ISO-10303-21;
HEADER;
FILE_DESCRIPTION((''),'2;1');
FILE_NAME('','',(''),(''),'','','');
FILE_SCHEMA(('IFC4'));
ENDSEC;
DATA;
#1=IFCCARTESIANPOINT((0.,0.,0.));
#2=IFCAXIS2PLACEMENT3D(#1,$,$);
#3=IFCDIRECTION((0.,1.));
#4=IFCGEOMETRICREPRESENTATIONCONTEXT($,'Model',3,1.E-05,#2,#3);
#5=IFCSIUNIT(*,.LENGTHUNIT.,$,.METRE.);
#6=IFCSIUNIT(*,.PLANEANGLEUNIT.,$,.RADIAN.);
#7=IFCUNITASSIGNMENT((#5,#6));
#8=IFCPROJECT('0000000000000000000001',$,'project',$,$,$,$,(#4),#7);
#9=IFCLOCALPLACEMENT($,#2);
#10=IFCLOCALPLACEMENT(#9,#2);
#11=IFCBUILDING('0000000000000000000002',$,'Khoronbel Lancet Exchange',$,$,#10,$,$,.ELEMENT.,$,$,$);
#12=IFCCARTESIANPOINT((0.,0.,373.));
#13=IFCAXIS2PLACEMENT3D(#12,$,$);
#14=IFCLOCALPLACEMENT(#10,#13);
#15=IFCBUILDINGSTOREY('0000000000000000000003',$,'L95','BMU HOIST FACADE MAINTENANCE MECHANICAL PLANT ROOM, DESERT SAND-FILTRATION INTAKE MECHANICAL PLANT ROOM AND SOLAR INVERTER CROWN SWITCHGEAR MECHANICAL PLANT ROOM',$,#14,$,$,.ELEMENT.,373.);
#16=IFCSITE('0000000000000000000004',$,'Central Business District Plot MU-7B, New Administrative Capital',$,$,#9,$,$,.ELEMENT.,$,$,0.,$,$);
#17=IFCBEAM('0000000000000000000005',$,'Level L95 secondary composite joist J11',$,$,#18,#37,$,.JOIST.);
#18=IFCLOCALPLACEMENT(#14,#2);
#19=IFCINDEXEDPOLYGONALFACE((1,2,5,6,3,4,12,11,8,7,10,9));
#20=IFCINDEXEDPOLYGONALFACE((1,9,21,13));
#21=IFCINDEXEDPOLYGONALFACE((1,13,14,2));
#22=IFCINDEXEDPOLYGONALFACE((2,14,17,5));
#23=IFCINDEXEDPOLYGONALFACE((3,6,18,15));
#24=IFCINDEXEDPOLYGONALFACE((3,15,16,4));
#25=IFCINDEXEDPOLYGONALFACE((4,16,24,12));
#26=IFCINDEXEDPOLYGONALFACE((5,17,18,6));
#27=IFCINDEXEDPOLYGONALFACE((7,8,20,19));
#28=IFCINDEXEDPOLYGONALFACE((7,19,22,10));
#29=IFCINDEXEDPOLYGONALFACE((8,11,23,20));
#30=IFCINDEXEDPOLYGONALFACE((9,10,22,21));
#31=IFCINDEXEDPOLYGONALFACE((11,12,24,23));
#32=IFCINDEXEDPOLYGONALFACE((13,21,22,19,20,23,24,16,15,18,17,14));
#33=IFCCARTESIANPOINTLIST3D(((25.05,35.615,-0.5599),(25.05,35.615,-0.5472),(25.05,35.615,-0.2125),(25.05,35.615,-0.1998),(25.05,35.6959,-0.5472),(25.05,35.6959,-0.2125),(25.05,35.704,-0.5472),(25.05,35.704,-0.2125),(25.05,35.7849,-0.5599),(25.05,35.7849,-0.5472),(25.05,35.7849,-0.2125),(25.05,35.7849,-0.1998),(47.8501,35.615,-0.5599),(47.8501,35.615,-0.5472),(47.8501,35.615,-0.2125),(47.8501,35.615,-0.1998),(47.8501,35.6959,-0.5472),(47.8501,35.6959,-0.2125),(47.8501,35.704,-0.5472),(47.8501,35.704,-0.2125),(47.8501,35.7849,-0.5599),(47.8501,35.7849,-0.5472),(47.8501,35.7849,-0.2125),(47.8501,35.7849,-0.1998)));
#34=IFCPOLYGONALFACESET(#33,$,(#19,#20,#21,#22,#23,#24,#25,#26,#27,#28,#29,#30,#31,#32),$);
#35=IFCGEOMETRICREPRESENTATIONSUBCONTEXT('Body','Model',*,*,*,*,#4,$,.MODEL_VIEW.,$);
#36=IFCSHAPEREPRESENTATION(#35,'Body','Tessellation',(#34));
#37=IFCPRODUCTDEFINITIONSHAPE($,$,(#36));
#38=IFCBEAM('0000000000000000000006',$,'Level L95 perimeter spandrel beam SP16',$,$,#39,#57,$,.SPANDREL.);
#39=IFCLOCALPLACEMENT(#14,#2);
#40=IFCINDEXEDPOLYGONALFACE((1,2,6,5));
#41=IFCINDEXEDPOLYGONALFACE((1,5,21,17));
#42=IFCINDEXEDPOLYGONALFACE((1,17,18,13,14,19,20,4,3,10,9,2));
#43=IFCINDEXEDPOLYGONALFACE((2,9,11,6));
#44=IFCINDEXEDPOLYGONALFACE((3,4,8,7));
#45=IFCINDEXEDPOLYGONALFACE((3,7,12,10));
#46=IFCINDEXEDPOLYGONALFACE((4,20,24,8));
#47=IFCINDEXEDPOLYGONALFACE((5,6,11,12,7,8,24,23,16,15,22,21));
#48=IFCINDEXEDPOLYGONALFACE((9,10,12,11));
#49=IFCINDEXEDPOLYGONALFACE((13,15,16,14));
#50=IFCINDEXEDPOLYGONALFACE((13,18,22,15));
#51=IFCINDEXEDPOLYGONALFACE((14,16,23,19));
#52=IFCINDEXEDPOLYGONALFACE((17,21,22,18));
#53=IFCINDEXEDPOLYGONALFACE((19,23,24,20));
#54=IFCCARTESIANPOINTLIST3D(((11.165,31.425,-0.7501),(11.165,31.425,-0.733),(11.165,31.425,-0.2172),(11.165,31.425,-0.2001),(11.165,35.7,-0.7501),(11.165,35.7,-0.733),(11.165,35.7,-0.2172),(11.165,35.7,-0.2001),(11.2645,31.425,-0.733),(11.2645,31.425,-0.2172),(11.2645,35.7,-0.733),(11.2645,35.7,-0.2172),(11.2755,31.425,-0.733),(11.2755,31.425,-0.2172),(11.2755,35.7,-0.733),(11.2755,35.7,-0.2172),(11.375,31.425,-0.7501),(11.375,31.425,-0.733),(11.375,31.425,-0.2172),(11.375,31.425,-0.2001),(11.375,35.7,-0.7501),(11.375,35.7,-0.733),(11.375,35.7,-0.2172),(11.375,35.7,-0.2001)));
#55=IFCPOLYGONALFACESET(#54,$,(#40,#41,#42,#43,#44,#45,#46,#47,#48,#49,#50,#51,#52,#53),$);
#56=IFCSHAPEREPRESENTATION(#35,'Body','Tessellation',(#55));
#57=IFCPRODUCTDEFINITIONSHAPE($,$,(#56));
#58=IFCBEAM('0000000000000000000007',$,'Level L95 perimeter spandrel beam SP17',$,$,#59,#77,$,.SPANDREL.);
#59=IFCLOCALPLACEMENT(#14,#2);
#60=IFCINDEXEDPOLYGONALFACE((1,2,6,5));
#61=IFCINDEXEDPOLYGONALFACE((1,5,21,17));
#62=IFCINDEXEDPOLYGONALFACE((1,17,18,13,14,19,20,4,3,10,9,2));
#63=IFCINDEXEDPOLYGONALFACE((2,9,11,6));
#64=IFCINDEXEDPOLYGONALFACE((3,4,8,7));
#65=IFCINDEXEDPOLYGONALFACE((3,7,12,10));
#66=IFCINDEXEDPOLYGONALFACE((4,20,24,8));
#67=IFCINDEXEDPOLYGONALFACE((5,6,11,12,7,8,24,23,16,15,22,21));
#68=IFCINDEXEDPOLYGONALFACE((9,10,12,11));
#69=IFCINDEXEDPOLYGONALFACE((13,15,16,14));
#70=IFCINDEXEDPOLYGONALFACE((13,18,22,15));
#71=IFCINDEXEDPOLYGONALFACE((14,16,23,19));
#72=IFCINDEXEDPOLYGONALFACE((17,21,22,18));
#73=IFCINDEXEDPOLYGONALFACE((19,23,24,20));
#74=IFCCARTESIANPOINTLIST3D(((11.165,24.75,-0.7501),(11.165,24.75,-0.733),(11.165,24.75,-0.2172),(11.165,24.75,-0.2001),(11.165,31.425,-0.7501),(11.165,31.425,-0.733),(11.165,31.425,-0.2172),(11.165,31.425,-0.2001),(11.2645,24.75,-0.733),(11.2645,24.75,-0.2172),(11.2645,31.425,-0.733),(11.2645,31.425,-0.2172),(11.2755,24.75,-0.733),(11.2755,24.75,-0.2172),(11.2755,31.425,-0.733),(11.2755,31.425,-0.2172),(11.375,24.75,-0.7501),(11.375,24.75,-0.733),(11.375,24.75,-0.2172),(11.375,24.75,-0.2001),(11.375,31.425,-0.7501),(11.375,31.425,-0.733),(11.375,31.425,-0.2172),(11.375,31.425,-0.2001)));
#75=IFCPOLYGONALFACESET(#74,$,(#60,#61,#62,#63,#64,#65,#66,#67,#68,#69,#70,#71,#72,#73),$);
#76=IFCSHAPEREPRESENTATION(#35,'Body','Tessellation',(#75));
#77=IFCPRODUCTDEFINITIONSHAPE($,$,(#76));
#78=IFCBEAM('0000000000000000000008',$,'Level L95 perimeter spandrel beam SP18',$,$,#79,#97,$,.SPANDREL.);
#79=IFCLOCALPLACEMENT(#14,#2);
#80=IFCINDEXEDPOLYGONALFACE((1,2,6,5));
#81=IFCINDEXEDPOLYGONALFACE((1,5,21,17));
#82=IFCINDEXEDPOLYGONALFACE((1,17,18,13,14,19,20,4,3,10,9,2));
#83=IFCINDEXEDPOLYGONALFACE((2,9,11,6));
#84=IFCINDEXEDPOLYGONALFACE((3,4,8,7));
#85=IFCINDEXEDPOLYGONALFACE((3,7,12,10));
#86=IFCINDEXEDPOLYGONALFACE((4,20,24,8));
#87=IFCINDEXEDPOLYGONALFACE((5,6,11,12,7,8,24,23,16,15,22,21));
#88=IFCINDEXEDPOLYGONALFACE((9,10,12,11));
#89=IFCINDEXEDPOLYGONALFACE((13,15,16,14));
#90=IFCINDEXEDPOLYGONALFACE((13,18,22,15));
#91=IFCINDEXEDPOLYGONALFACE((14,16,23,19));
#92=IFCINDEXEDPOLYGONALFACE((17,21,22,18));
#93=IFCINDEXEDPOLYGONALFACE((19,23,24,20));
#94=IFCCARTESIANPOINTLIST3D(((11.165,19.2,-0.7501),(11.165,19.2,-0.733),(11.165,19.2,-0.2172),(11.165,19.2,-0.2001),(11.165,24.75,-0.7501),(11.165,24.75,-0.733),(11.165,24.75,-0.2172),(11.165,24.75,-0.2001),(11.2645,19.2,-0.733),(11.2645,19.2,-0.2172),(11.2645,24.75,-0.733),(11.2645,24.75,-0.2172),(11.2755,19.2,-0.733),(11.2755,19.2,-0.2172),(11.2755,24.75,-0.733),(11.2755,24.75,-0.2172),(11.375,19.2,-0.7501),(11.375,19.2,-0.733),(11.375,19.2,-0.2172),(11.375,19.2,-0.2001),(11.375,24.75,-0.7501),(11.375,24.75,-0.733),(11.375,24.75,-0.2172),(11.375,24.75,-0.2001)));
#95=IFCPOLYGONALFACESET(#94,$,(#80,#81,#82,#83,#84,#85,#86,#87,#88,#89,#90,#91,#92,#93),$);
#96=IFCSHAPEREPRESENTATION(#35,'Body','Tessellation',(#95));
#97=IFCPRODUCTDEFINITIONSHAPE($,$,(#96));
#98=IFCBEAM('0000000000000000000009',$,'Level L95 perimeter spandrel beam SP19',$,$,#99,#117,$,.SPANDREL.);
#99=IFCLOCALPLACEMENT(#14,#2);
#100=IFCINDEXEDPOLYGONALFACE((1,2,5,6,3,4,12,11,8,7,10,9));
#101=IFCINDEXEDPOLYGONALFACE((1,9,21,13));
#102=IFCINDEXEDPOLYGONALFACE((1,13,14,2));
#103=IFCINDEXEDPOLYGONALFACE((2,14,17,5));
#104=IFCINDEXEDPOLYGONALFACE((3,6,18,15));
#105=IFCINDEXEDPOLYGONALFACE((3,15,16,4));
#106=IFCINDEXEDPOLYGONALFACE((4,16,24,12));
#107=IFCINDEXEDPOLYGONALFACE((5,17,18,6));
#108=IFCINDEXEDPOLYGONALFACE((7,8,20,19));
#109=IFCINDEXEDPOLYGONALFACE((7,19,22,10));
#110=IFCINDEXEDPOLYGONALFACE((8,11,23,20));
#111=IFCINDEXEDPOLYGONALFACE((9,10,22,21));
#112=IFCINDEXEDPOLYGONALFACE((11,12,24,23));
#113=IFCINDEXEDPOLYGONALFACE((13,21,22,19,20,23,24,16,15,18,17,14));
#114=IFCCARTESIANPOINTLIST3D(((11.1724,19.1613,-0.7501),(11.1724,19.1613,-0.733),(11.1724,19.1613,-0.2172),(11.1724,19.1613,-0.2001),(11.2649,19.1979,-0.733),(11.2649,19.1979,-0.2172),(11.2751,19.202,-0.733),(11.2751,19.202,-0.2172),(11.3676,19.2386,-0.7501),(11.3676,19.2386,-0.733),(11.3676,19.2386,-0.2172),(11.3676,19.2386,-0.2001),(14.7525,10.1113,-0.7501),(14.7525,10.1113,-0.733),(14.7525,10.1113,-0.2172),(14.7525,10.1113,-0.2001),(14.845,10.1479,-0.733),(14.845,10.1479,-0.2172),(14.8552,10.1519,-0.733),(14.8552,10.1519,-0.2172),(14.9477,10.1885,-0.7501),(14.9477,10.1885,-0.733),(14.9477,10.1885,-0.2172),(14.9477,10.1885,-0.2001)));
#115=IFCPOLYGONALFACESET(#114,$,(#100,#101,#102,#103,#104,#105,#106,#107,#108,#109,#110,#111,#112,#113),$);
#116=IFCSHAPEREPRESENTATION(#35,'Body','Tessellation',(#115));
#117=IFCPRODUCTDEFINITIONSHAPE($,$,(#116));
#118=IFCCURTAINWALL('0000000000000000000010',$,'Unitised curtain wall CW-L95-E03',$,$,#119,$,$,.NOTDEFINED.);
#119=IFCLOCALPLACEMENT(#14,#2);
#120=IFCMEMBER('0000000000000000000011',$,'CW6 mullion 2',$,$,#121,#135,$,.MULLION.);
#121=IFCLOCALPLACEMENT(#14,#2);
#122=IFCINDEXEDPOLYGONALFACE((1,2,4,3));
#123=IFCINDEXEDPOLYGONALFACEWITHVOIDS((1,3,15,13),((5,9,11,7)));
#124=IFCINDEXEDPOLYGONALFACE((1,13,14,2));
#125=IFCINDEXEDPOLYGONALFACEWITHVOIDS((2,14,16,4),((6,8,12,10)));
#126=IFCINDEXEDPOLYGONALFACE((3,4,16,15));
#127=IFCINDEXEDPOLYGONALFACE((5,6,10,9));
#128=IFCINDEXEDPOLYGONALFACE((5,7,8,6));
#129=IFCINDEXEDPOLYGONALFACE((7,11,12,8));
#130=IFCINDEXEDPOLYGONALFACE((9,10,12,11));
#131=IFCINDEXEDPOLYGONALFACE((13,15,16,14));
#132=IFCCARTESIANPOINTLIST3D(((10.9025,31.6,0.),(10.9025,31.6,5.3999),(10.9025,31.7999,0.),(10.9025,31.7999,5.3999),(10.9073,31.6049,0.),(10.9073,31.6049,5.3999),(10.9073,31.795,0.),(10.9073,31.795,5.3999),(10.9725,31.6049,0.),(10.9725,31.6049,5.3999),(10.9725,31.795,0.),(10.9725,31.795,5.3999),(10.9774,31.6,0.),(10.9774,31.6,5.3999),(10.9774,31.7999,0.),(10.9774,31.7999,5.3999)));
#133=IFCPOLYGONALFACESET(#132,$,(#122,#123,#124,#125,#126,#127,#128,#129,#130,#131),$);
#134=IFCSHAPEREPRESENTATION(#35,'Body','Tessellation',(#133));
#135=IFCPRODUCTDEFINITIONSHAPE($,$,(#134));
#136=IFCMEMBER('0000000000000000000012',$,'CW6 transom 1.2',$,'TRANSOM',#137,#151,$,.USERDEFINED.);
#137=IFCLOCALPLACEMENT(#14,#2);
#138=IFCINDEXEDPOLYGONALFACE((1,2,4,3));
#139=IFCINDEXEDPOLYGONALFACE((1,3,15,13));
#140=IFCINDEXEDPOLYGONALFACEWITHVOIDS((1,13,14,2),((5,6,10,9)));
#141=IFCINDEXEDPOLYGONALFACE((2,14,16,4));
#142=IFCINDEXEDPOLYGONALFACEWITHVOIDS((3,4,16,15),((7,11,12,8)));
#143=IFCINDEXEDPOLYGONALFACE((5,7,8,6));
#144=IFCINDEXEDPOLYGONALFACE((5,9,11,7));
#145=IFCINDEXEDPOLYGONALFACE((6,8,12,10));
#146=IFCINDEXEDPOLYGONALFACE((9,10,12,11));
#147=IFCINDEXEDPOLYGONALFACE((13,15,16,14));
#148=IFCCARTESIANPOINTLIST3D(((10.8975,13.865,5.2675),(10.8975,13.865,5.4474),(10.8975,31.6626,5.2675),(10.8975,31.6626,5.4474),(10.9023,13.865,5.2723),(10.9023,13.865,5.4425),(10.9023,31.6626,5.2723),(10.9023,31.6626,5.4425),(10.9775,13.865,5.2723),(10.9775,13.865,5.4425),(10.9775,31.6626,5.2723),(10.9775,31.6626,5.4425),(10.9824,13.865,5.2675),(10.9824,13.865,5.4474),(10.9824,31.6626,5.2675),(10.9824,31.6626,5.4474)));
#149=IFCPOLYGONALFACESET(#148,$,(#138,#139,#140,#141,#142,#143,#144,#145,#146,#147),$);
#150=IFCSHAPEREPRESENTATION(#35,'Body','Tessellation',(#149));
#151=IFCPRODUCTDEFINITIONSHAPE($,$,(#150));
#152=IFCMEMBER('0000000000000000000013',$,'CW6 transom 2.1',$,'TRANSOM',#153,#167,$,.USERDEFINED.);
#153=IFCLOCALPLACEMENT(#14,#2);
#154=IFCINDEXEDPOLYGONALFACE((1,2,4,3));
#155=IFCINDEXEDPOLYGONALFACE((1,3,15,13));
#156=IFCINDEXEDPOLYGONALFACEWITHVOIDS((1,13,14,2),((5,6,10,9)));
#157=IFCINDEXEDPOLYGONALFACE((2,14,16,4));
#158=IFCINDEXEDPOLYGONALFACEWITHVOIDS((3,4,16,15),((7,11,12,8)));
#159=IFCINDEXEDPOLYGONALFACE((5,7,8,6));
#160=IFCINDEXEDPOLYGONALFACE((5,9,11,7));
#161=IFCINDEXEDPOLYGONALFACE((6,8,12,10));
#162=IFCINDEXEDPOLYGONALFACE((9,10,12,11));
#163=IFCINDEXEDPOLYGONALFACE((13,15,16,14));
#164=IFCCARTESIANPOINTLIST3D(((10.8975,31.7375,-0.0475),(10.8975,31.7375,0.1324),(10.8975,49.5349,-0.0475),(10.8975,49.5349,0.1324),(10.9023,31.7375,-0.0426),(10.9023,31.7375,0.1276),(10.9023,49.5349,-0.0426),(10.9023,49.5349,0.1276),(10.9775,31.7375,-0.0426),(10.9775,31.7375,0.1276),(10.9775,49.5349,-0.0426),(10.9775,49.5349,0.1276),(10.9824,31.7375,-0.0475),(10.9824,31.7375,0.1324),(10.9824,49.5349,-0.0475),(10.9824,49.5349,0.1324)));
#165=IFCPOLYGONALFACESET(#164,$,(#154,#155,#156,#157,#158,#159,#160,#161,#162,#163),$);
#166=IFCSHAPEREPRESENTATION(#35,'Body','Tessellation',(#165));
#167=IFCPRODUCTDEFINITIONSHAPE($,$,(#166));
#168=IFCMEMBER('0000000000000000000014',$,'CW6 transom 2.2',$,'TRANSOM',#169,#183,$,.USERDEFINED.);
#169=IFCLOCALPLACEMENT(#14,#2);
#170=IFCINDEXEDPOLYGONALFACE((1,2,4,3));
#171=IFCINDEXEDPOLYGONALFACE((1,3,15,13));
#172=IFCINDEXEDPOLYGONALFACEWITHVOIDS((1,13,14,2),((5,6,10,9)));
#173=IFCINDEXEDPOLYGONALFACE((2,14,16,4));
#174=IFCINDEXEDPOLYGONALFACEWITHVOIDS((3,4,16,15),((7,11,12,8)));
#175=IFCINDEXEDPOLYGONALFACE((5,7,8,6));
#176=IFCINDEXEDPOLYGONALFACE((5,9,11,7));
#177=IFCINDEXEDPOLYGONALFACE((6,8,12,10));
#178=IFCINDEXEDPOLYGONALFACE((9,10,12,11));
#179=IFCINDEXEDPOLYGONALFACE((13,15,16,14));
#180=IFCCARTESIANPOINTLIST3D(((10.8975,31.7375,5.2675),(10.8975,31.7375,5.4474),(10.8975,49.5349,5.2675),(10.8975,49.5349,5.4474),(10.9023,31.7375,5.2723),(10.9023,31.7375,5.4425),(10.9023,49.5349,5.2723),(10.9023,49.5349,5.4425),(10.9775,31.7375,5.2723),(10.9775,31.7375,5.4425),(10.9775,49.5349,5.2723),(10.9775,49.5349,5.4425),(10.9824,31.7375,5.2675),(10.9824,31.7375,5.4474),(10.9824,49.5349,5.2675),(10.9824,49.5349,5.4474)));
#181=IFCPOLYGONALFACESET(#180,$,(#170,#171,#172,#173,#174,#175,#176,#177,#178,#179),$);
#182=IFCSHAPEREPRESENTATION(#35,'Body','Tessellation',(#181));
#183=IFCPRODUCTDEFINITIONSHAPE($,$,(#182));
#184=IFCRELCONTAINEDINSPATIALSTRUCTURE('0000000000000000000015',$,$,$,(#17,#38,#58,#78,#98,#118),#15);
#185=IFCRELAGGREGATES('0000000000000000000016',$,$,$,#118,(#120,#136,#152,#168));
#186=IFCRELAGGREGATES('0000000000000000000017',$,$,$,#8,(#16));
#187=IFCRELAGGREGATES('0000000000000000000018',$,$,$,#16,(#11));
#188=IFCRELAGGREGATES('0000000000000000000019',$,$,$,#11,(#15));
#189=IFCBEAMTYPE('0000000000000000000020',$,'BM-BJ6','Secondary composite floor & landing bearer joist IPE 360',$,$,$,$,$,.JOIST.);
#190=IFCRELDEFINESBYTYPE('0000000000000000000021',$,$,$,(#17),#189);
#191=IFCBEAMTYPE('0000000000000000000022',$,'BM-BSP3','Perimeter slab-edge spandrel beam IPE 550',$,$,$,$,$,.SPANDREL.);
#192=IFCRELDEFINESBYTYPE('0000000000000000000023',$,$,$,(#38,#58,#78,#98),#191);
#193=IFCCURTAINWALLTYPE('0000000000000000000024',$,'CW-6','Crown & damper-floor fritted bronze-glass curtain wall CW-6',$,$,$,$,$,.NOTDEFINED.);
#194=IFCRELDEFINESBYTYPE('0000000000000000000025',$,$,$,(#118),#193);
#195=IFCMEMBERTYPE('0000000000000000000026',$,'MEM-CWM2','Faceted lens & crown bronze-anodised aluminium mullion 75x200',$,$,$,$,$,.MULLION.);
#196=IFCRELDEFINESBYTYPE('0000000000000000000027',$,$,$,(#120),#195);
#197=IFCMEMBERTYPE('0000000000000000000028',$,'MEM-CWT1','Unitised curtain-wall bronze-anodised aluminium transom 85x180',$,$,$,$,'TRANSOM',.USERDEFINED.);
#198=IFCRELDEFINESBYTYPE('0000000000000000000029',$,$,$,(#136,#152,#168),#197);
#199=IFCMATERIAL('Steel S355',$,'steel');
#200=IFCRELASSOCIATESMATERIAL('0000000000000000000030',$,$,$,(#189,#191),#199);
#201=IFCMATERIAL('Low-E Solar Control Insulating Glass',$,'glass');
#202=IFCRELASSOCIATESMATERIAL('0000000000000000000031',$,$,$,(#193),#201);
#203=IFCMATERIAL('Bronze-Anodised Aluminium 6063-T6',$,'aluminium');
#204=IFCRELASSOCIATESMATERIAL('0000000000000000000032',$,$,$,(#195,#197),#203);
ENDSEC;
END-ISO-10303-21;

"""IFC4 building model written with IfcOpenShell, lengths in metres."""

from ifc_helpers import new_model, si_unit, direction, frame, origin, origin_2d, place, context, subcontext, project, spatial, hollow_rectangle, i_section, extrude, material, material_profile, profile_set, type_object, element, aggregate, save


model = new_model("IFC4")

# Units and contexts
model_context = context("Model", 3, precision=1e-05, world=origin(), true_north=direction((0.0, 1.0)))
body_context = subcontext(model_context, "Body", "Model", "MODEL_VIEW")
ifc_project = project(units=[si_unit("LENGTHUNIT", "METRE"), si_unit("PLANEANGLEUNIT", "RADIAN")], contexts=[model_context])

# Site, building, storey
site_placement = place(None, origin())
site = spatial("IfcSite", under=ifc_project, at=site_placement, Name="Central Business District Plot MU-7B, New Administrative Capital", CompositionType="ELEMENT", RefElevation=0.0)
building_placement = place(site_placement, origin())
building = spatial("IfcBuilding", under=site, at=building_placement, Name="Khoronbel Lancet Exchange", CompositionType="ELEMENT")
storey_placement = place(building_placement, frame((0.0, 0.0, 373.0)))
storey = spatial("IfcBuildingStorey", under=building, at=storey_placement, Name="L95", Description="BMU HOIST FACADE MAINTENANCE MECHANICAL PLANT ROOM, DESERT SAND-FILTRATION INTAKE MECHANICAL PLANT ROOM AND SOLAR INVERTER CROWN SWITCHGEAR MECHANICAL PLANT ROOM", CompositionType="ELEMENT", Elevation=373.0)

# Shared definitions
ifc_material_1 = material(Name="Steel S355", Category="steel")

# Beams
ifc_material_profile_1 = material_profile(ifc_material_1, i_section(OverallWidth=0.1699, OverallDepth=0.3601, WebThickness=0.0081, FlangeThickness=0.0127, at=origin_2d()), Name="IPE 360")
ifc_profile_set_1 = profile_set([ifc_material_profile_1], Name="Steel S355")
beam_type_1 = type_object("IfcBeamType", Name="BM-BJ6", Description="Secondary composite floor & landing bearer joist IPE 360", PredefinedType="JOIST", material=ifc_profile_set_1)
beam_1_placement = place(storey_placement, frame((25.05, 35.7, -0.3799), z_axis=(1.0, 0.0, 0.0), x_axis=(0.0, 1.0, 0.0)))
element("IfcBeam", 1, at=beam_1_placement, inside=storey, type_object=beam_type_1, Name="Level L95 secondary composite joist J11", PredefinedType="JOIST", context=body_context, shape_type="SweptSolid", body=[
    extrude(i_section(OverallWidth=0.1699, OverallDepth=0.3601, WebThickness=0.0081, FlangeThickness=0.0127, at=origin_2d()), origin(), (0.0, 0.0, 1.0), 22.8),
])
ifc_material_profile_2 = material_profile(ifc_material_1, i_section(OverallWidth=0.21, OverallDepth=0.55, WebThickness=0.011, FlangeThickness=0.0171, at=origin_2d()), Name="IPE 550")
ifc_profile_set_2 = profile_set([ifc_material_profile_2], Name="Steel S355")
beam_type_2 = type_object("IfcBeamType", Name="BM-BSP3", Description="Perimeter slab-edge spandrel beam IPE 550", PredefinedType="SPANDREL", material=ifc_profile_set_2)
beam_2_placement = place(storey_placement, frame((11.27, 35.7, -0.4751), z_axis=(0.0, -1.0, 0.0), x_axis=(1.0, 0.0, 0.0)))
element("IfcBeam", 2, at=beam_2_placement, inside=storey, type_object=beam_type_2, Name="Level L95 perimeter spandrel beam SP16", PredefinedType="SPANDREL", context=body_context, shape_type="SweptSolid", body=[
    extrude(i_section(OverallWidth=0.21, OverallDepth=0.55, WebThickness=0.011, FlangeThickness=0.0171, at=origin_2d()), origin(), (0.0, 0.0, 1.0), 4.2749),
])
beam_3_placement = place(storey_placement, frame((11.27, 31.425, -0.4751), z_axis=(0.0, -1.0, 0.0), x_axis=(1.0, 0.0, 0.0)))
element("IfcBeam", 3, at=beam_3_placement, inside=storey, type_object=beam_type_2, Name="Level L95 perimeter spandrel beam SP17", PredefinedType="SPANDREL", context=body_context, shape_type="SweptSolid", body=[
    extrude(i_section(OverallWidth=0.21, OverallDepth=0.55, WebThickness=0.011, FlangeThickness=0.0171, at=origin_2d()), origin(), (0.0, 0.0, 1.0), 6.675),
])
beam_4_placement = place(storey_placement, frame((11.27, 24.75, -0.4751), z_axis=(0.0, -1.0, 0.0), x_axis=(1.0, 0.0, 0.0)))
element("IfcBeam", 4, at=beam_4_placement, inside=storey, type_object=beam_type_2, Name="Level L95 perimeter spandrel beam SP18", PredefinedType="SPANDREL", context=body_context, shape_type="SweptSolid", body=[
    extrude(i_section(OverallWidth=0.21, OverallDepth=0.55, WebThickness=0.011, FlangeThickness=0.0171, at=origin_2d()), origin(), (0.0, 0.0, 1.0), 5.55),
])
beam_5_placement = place(storey_placement, frame((11.27, 19.2, -0.4751), z_axis=(0.36785, -0.929885, 0.0), x_axis=(0.929885, 0.36785, 0.0)))
element("IfcBeam", 5, at=beam_5_placement, inside=storey, type_object=beam_type_2, Name="Level L95 perimeter spandrel beam SP19", PredefinedType="SPANDREL", context=body_context, shape_type="SweptSolid", body=[
    extrude(i_section(OverallWidth=0.21, OverallDepth=0.55, WebThickness=0.011, FlangeThickness=0.0171, at=origin_2d()), origin(), (0.0, 0.0, 1.0), 9.7324),
])

# Curtain wall, members
ifc_material_2 = material(Name="Low-E Solar Control Insulating Glass", Category="glass")
curtain_wall_type = type_object("IfcCurtainWallType", Name="CW-6", Description="Crown & damper-floor fritted bronze-glass curtain wall CW-6", PredefinedType="NOTDEFINED", material=ifc_material_2)
curtain_wall_placement = place(storey_placement, origin())
curtain_wall = element("IfcCurtainWall", 6, at=curtain_wall_placement, inside=storey, type_object=curtain_wall_type, Name="Unitised curtain wall CW-L95-E03", PredefinedType="NOTDEFINED")
ifc_material_3 = material(Name="Bronze-Anodised Aluminium 6063-T6", Category="aluminium")
ifc_material_profile_3 = material_profile(ifc_material_3, hollow_rectangle(XDim=0.075, YDim=0.2, WallThickness=0.0049, at=origin_2d()), Name="ALU MULLION 75x200")
ifc_profile_set_3 = profile_set([ifc_material_profile_3], Name="Bronze-Anodised Aluminium 6063-T6")
member_type_1 = type_object("IfcMemberType", Name="MEM-CWM2", Description="Faceted lens & crown bronze-anodised aluminium mullion 75x200", PredefinedType="MULLION", material=ifc_profile_set_3)
member_1_placement = place(storey_placement, frame((10.9399, 31.7, 0.0), z_axis=(0.0, 0.0, 1.0), x_axis=(-1.0, 0.0, 0.0)))
member_1 = element("IfcMember", 7, at=member_1_placement, type_object=member_type_1, Name="CW6 mullion 2", PredefinedType="MULLION", context=body_context, shape_type="SweptSolid", body=[
    extrude(hollow_rectangle(XDim=0.075, YDim=0.2, WallThickness=0.0049, at=origin_2d()), origin(), (0.0, 0.0, 1.0), 5.3999),
])
ifc_material_profile_4 = material_profile(ifc_material_3, hollow_rectangle(XDim=0.085, YDim=0.1799, WallThickness=0.0049, at=origin_2d()), Name="ALU TRANSOM 85x180")
ifc_profile_set_4 = profile_set([ifc_material_profile_4], Name="Bronze-Anodised Aluminium 6063-T6")
member_type_2 = type_object("IfcMemberType", Name="MEM-CWT1", Description="Unitised curtain-wall bronze-anodised aluminium transom 85x180", ElementType="TRANSOM", PredefinedType="USERDEFINED", material=ifc_profile_set_4)
member_2_placement = place(storey_placement, frame((10.9399, 13.865, 5.3574), z_axis=(0.0, 1.0, 0.0), x_axis=(-1.0, 0.0, 0.0)))
member_2 = element("IfcMember", 8, at=member_2_placement, type_object=member_type_2, Name="CW6 transom 1.2", ObjectType="TRANSOM", PredefinedType="USERDEFINED", context=body_context, shape_type="SweptSolid", body=[
    extrude(hollow_rectangle(XDim=0.085, YDim=0.1799, WallThickness=0.0049, at=origin_2d()), origin(), (0.0, 0.0, 1.0), 17.7976),
])
member_3_placement = place(storey_placement, frame((10.9399, 31.7375, 0.0425), z_axis=(0.0, 1.0, 0.0), x_axis=(-1.0, 0.0, 0.0)))
member_3 = element("IfcMember", 9, at=member_3_placement, type_object=member_type_2, Name="CW6 transom 2.1", ObjectType="TRANSOM", PredefinedType="USERDEFINED", context=body_context, shape_type="SweptSolid", body=[
    extrude(hollow_rectangle(XDim=0.085, YDim=0.1799, WallThickness=0.0049, at=origin_2d()), origin(), (0.0, 0.0, 1.0), 17.7974),
])
member_4_placement = place(storey_placement, frame((10.9399, 31.7375, 5.3574), z_axis=(0.0, 1.0, 0.0), x_axis=(-1.0, 0.0, 0.0)))
member_4 = element("IfcMember", 10, at=member_4_placement, type_object=member_type_2, Name="CW6 transom 2.2", ObjectType="TRANSOM", PredefinedType="USERDEFINED", context=body_context, shape_type="SweptSolid", body=[
    extrude(hollow_rectangle(XDim=0.085, YDim=0.1799, WallThickness=0.0049, at=origin_2d()), origin(), (0.0, 0.0, 1.0), 17.7974),
])

aggregate(curtain_wall, [member_1, member_2, member_3, member_4])

save(model, "model.ifc")
